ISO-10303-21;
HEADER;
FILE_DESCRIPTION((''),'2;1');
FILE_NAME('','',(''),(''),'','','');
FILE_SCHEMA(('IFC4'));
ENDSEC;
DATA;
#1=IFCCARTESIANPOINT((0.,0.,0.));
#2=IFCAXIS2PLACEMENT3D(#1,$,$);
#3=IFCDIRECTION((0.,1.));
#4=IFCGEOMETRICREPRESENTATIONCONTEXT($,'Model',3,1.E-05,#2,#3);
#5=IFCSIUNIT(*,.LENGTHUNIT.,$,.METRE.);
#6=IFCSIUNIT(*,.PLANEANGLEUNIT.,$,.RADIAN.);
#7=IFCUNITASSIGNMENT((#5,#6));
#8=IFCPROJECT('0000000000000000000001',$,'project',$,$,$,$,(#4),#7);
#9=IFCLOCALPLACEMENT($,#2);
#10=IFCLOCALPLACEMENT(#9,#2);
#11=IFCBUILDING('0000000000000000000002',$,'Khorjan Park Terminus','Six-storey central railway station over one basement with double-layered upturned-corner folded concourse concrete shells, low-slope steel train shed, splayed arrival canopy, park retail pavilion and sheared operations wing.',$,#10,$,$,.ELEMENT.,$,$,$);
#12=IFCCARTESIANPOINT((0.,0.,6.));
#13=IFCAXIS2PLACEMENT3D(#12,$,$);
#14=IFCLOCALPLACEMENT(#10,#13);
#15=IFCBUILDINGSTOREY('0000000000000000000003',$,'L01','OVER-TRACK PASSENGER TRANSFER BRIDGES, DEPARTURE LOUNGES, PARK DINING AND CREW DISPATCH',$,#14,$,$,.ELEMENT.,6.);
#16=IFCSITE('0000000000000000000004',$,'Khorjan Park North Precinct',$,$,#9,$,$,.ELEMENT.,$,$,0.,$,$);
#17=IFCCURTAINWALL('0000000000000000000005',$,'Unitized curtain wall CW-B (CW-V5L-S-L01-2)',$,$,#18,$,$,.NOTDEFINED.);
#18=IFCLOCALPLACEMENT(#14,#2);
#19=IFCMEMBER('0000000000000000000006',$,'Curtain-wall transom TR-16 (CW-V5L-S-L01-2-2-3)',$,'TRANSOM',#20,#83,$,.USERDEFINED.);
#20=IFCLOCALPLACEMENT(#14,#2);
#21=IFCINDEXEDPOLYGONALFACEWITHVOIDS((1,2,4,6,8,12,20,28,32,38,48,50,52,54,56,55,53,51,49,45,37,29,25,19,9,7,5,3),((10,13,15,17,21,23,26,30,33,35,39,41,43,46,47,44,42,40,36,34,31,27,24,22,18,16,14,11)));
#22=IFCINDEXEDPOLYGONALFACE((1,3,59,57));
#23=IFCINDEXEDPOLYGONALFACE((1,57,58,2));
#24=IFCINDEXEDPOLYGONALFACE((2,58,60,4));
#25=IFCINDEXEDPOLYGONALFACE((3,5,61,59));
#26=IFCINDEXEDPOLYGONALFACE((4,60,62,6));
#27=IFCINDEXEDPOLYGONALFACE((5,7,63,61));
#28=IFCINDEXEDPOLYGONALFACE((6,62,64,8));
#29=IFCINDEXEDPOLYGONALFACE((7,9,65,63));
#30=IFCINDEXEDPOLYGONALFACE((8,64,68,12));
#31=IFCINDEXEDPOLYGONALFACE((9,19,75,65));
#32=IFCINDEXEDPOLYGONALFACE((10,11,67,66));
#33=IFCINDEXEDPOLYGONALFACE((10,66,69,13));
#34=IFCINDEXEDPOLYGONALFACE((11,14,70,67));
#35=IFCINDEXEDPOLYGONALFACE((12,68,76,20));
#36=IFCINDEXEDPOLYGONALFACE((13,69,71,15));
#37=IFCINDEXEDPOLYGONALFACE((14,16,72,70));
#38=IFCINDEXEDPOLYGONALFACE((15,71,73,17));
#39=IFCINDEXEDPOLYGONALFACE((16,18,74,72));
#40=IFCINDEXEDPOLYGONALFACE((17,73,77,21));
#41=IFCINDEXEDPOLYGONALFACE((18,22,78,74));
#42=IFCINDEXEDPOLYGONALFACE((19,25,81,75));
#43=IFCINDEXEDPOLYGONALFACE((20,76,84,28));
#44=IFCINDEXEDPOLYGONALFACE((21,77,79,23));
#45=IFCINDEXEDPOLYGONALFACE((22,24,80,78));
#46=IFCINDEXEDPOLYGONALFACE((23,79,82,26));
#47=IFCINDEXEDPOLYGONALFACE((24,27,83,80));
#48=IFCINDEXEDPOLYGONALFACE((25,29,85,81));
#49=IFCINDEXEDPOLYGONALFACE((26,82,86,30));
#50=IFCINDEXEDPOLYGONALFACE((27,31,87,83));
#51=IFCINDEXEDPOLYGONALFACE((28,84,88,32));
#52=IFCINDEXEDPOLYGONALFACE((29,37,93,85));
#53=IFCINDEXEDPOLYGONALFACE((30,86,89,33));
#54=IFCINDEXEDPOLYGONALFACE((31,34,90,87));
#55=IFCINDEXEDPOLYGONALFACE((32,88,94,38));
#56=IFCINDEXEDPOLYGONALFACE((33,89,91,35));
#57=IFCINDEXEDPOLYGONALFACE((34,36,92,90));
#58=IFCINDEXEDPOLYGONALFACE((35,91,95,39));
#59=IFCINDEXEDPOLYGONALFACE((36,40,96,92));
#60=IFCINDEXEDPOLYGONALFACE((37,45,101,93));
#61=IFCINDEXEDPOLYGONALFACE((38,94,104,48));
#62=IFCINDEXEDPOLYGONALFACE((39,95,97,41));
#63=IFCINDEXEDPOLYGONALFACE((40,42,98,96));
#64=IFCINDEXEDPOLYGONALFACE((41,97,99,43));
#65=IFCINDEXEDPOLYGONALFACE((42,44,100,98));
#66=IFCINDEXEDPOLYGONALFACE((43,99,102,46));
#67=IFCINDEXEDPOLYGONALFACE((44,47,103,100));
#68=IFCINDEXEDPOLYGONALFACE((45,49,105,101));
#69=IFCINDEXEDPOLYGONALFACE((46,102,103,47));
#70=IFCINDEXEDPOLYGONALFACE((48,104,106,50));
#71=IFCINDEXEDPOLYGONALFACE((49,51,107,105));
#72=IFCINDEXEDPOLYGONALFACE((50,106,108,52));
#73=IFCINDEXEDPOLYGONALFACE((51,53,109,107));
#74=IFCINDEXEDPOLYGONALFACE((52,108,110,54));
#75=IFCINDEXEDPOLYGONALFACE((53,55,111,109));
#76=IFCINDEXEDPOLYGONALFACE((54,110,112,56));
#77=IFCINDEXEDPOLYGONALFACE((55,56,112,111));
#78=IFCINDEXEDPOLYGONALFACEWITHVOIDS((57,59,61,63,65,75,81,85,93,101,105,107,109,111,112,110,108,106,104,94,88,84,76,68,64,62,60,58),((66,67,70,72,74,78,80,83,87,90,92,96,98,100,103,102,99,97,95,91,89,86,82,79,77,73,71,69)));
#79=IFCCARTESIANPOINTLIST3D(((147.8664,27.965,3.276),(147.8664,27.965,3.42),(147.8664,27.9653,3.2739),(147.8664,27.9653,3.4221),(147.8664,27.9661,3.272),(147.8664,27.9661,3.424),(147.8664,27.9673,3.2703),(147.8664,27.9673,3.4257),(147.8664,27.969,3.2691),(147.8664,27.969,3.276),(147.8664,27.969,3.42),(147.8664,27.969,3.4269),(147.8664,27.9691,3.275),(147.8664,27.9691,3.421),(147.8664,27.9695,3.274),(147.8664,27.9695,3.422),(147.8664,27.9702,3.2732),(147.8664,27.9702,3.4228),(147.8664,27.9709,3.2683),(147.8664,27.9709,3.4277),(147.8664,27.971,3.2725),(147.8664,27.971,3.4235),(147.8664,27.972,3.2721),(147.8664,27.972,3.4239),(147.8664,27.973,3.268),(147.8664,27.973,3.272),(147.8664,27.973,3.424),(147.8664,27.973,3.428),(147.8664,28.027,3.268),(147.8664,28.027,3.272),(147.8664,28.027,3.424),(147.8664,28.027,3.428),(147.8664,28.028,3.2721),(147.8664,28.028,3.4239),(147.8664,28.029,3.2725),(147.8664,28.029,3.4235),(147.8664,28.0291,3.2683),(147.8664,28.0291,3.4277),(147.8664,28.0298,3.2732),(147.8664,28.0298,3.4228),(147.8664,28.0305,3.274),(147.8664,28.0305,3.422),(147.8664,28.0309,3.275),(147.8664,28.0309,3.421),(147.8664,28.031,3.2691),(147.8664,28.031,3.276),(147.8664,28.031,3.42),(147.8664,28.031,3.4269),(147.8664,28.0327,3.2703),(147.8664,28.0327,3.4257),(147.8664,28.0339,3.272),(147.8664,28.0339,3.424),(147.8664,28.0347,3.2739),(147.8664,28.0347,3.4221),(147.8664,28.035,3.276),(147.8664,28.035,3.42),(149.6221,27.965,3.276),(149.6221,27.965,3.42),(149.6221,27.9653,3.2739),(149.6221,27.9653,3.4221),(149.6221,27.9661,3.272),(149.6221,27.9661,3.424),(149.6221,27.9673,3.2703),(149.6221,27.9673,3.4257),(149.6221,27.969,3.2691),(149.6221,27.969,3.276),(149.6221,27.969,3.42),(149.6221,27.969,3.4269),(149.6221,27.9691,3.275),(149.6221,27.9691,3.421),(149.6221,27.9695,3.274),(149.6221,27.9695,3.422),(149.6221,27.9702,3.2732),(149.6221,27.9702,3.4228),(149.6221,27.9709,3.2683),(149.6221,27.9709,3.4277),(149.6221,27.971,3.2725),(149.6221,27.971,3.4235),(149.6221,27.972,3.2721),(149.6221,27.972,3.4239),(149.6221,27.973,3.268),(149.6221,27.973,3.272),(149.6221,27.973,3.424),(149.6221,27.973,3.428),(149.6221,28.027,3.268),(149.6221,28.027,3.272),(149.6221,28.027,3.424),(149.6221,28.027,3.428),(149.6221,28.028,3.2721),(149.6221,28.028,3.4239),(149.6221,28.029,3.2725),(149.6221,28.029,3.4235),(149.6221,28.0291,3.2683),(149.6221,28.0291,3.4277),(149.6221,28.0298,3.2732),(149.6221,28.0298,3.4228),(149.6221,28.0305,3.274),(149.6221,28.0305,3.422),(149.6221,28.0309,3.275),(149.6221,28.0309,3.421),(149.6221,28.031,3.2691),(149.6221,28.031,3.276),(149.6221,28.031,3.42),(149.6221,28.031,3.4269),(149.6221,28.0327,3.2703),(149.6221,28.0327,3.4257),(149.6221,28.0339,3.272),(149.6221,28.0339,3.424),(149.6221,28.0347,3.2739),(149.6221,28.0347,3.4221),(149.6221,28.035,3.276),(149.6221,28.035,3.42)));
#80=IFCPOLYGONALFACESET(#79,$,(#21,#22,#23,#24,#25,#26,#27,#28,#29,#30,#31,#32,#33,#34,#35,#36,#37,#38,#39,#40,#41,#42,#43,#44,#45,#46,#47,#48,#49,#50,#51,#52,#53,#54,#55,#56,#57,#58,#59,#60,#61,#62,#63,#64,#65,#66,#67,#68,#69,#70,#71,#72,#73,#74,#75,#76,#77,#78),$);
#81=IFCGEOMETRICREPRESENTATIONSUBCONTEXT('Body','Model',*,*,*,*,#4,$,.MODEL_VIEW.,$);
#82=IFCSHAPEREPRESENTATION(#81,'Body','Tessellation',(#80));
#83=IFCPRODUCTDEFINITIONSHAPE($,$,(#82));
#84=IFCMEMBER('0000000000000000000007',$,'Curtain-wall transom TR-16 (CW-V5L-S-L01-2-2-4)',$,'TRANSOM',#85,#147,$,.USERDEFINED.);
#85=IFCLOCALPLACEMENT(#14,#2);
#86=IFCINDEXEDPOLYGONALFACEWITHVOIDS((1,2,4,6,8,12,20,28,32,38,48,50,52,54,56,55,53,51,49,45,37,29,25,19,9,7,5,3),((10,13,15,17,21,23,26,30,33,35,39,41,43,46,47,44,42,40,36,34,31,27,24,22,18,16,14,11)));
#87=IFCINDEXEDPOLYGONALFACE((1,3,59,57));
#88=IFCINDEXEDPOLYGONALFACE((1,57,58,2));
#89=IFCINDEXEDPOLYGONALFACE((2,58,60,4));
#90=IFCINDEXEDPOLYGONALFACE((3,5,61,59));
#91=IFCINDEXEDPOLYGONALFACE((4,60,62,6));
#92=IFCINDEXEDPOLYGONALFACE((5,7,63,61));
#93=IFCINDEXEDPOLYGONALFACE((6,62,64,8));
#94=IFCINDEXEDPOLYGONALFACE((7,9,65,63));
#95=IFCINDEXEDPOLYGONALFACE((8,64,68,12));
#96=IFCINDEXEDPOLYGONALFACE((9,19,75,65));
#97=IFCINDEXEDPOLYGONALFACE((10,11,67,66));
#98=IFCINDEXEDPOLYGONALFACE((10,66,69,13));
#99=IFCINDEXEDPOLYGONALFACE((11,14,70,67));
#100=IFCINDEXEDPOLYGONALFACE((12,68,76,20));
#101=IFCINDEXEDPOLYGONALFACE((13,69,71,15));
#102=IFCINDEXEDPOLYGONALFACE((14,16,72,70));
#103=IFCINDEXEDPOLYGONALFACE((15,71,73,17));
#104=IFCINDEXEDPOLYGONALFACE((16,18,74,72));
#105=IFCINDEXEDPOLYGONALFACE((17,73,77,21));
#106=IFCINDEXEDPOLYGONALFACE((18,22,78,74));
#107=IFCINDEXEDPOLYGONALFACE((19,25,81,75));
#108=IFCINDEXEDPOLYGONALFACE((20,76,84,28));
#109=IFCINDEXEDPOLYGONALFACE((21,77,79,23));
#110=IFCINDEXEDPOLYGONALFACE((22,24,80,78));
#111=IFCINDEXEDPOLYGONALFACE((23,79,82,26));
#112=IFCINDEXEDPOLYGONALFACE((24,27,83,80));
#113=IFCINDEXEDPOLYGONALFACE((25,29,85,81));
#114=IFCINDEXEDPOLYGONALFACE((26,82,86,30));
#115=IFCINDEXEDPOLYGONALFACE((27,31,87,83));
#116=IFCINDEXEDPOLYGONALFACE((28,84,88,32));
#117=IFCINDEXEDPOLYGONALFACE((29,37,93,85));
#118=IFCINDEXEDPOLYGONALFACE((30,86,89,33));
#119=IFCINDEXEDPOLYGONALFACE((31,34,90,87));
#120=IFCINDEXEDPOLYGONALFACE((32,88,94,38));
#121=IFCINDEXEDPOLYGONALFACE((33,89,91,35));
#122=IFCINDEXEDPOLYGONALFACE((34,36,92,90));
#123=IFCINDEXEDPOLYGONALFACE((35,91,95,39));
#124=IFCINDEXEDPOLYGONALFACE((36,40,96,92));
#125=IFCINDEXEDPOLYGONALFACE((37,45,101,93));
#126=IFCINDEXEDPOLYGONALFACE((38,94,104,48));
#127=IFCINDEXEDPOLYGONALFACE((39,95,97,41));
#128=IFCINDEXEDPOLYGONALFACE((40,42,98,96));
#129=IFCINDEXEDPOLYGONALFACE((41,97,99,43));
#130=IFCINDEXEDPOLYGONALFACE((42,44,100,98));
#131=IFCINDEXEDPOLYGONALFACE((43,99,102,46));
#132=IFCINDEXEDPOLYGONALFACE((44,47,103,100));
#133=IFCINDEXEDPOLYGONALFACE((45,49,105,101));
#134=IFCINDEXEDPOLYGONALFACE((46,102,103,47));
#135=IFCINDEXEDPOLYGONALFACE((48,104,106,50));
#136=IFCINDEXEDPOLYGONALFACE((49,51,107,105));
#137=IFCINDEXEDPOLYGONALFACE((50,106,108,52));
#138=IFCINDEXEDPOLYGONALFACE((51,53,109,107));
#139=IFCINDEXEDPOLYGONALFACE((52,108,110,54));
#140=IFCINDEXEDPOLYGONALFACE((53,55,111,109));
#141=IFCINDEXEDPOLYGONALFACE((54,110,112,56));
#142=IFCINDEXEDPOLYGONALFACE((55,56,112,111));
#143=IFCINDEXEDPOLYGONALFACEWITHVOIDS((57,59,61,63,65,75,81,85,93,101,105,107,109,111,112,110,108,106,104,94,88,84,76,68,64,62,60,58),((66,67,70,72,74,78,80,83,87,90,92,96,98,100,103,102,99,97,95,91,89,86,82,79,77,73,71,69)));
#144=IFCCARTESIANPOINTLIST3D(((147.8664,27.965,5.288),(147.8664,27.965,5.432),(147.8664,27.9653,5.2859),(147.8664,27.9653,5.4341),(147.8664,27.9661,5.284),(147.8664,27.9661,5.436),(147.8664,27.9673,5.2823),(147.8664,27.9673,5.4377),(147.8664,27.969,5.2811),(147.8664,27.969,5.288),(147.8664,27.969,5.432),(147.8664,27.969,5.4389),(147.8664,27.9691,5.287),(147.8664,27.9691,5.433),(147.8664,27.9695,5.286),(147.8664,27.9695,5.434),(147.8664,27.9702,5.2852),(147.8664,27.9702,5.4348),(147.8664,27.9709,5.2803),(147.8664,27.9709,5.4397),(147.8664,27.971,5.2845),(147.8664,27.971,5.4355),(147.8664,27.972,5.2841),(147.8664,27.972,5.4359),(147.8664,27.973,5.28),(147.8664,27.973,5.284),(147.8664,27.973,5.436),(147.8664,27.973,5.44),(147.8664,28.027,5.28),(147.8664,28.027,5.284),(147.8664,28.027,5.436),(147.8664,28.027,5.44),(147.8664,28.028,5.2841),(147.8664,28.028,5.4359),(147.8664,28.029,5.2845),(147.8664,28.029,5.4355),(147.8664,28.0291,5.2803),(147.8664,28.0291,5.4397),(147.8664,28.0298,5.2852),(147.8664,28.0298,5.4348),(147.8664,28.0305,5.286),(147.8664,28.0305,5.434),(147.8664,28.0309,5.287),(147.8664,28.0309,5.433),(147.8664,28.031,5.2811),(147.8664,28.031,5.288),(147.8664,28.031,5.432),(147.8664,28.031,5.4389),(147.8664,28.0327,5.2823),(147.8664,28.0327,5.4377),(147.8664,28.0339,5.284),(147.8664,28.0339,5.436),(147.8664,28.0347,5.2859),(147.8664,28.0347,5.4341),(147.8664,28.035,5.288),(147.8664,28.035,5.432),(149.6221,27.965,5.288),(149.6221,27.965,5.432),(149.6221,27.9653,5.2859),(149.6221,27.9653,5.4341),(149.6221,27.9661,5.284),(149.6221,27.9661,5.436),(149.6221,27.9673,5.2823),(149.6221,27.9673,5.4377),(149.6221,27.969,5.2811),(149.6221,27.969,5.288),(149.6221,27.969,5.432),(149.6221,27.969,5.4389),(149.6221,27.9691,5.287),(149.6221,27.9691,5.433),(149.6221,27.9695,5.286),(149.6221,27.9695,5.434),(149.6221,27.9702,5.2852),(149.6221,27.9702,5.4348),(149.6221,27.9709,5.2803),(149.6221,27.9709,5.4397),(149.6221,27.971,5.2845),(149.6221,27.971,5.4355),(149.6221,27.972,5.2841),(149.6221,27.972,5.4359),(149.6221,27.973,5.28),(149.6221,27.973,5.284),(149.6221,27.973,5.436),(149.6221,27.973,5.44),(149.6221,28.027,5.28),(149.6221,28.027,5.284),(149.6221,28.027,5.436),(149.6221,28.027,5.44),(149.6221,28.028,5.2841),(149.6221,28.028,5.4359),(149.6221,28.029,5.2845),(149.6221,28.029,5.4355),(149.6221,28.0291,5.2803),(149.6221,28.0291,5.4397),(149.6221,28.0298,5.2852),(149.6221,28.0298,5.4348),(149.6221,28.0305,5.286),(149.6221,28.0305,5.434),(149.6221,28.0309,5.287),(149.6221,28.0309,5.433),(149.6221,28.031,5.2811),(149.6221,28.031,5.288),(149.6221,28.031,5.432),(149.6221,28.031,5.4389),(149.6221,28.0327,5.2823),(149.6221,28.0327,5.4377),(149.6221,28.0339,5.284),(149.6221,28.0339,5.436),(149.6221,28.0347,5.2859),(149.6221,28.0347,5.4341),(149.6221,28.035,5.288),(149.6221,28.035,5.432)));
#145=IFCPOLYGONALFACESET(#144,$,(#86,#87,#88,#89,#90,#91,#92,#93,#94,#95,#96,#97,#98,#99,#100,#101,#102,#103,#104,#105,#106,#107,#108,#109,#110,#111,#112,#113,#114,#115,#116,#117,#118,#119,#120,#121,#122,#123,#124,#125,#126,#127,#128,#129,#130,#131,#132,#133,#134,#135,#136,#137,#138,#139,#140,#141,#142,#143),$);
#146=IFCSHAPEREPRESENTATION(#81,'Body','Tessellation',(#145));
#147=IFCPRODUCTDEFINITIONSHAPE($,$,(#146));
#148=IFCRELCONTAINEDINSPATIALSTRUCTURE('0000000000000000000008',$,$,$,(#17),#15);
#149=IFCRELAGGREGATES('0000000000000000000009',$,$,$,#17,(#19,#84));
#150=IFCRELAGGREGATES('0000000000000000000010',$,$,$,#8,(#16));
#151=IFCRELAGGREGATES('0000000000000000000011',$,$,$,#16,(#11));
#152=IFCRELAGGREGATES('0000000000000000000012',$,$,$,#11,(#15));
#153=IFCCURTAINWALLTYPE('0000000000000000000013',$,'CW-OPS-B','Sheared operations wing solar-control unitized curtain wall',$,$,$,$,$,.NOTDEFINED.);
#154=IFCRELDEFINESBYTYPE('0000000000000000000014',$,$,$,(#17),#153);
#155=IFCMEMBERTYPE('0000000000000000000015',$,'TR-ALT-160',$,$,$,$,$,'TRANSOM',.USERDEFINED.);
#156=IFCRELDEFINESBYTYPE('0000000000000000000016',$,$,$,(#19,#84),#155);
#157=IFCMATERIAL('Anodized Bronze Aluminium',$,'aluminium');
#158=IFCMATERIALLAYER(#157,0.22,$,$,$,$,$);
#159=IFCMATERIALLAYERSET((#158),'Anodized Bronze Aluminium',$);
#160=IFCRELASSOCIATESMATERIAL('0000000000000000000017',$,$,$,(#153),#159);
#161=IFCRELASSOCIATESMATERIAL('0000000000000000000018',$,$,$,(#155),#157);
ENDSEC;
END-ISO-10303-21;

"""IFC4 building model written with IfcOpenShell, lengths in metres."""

from ifc_helpers import new_model, si_unit, direction, frame, origin, origin_2d, place, context, subcontext, project, spatial, hollow_rectangle, extrude, material, layer, layer_set, material_profile, profile_set, type_object, element, aggregate, save


model = new_model("IFC4")

# Units and contexts
model_context = context("Model", 3, precision=1e-05, world=origin(), true_north=direction((0.0, 1.0)))
body_context = subcontext(model_context, "Body", "Model", "MODEL_VIEW")
ifc_project = project(units=[si_unit("LENGTHUNIT", "METRE"), si_unit("PLANEANGLEUNIT", "RADIAN")], contexts=[model_context])

# Site, building, storey
site_placement = place(None, origin())
site = spatial("IfcSite", under=ifc_project, at=site_placement, Name="Khorjan Park North Precinct", CompositionType="ELEMENT", RefElevation=0.0)
building_placement = place(site_placement, origin())
building = spatial("IfcBuilding", under=site, at=building_placement, Name="Khorjan Park Terminus", Description="Six-storey central railway station over one basement with double-layered upturned-corner folded concourse concrete shells, low-slope steel train shed, splayed arrival canopy, park retail pavilion and sheared operations wing.", CompositionType="ELEMENT")
storey_placement = place(building_placement, frame((0.0, 0.0, 6.0)))
storey = spatial("IfcBuildingStorey", under=building, at=storey_placement, Name="L01", Description="OVER-TRACK PASSENGER TRANSFER BRIDGES, DEPARTURE LOUNGES, PARK DINING AND CREW DISPATCH", CompositionType="ELEMENT", Elevation=6.0)

# Curtain wall
ifc_material_1 = material(Name="Anodized Bronze Aluminium", Category="aluminium")
ifc_layer_1 = layer(ifc_material_1, 0.22)
ifc_layer_set_1 = layer_set([ifc_layer_1], Name="Anodized Bronze Aluminium")
curtain_wall_type_1 = type_object("IfcCurtainWallType", Name="CW-OPS-B", Description="Sheared operations wing solar-control unitized curtain wall", PredefinedType="NOTDEFINED", material=ifc_layer_set_1)
curtain_wall_1_placement = place(storey_placement, origin())
curtain_wall_1 = element("IfcCurtainWall", 1, at=curtain_wall_1_placement, inside=storey, type_object=curtain_wall_type_1, Name="Unitized curtain wall CW-B (CW-V5L-S-L01-2)", PredefinedType="NOTDEFINED")

# Members
ifc_material_profile_1 = material_profile(ifc_material_1, hollow_rectangle(XDim=0.07, YDim=0.16, WallThickness=0.004, InnerFilletRadius=0.004, OuterFilletRadius=0.008, at=origin_2d()), Name="ALT 70x160x4")
ifc_profile_set_1 = profile_set([ifc_material_profile_1], Name="Anodized Bronze Aluminium")
member_type_1 = type_object("IfcMemberType", Name="TR-ALT-160", ElementType="TRANSOM", PredefinedType="USERDEFINED", material=ifc_profile_set_1)
member_1_placement = place(storey_placement, frame((147.8664, 28.0, 3.348), z_axis=(1.0, 0.0, 0.0), x_axis=(0.0, 1.0, 0.0)))
member_1 = element("IfcMember", 2, at=member_1_placement, type_object=member_type_1, Name="Curtain-wall transom TR-16 (CW-V5L-S-L01-2-2-3)", ObjectType="TRANSOM", PredefinedType="USERDEFINED", context=body_context, shape_type="SweptSolid", body=[
    extrude(hollow_rectangle(XDim=0.07, YDim=0.16, WallThickness=0.004, InnerFilletRadius=0.004, OuterFilletRadius=0.008, at=origin_2d()), origin(), (0.0, 0.0, 1.0), 1.7557),
])
member_2_placement = place(storey_placement, frame((147.8664, 28.0, 5.36), z_axis=(1.0, 0.0, 0.0), x_axis=(0.0, 1.0, 0.0)))
member_2 = element("IfcMember", 3, at=member_2_placement, type_object=member_type_1, Name="Curtain-wall transom TR-16 (CW-V5L-S-L01-2-2-4)", ObjectType="TRANSOM", PredefinedType="USERDEFINED", context=body_context, shape_type="SweptSolid", body=[
    extrude(hollow_rectangle(XDim=0.07, YDim=0.16, WallThickness=0.004, InnerFilletRadius=0.004, OuterFilletRadius=0.008, at=origin_2d()), origin(), (0.0, 0.0, 1.0), 1.7557),
])

aggregate(curtain_wall_1, [member_1, member_2])

save(model, "model.ifc")
